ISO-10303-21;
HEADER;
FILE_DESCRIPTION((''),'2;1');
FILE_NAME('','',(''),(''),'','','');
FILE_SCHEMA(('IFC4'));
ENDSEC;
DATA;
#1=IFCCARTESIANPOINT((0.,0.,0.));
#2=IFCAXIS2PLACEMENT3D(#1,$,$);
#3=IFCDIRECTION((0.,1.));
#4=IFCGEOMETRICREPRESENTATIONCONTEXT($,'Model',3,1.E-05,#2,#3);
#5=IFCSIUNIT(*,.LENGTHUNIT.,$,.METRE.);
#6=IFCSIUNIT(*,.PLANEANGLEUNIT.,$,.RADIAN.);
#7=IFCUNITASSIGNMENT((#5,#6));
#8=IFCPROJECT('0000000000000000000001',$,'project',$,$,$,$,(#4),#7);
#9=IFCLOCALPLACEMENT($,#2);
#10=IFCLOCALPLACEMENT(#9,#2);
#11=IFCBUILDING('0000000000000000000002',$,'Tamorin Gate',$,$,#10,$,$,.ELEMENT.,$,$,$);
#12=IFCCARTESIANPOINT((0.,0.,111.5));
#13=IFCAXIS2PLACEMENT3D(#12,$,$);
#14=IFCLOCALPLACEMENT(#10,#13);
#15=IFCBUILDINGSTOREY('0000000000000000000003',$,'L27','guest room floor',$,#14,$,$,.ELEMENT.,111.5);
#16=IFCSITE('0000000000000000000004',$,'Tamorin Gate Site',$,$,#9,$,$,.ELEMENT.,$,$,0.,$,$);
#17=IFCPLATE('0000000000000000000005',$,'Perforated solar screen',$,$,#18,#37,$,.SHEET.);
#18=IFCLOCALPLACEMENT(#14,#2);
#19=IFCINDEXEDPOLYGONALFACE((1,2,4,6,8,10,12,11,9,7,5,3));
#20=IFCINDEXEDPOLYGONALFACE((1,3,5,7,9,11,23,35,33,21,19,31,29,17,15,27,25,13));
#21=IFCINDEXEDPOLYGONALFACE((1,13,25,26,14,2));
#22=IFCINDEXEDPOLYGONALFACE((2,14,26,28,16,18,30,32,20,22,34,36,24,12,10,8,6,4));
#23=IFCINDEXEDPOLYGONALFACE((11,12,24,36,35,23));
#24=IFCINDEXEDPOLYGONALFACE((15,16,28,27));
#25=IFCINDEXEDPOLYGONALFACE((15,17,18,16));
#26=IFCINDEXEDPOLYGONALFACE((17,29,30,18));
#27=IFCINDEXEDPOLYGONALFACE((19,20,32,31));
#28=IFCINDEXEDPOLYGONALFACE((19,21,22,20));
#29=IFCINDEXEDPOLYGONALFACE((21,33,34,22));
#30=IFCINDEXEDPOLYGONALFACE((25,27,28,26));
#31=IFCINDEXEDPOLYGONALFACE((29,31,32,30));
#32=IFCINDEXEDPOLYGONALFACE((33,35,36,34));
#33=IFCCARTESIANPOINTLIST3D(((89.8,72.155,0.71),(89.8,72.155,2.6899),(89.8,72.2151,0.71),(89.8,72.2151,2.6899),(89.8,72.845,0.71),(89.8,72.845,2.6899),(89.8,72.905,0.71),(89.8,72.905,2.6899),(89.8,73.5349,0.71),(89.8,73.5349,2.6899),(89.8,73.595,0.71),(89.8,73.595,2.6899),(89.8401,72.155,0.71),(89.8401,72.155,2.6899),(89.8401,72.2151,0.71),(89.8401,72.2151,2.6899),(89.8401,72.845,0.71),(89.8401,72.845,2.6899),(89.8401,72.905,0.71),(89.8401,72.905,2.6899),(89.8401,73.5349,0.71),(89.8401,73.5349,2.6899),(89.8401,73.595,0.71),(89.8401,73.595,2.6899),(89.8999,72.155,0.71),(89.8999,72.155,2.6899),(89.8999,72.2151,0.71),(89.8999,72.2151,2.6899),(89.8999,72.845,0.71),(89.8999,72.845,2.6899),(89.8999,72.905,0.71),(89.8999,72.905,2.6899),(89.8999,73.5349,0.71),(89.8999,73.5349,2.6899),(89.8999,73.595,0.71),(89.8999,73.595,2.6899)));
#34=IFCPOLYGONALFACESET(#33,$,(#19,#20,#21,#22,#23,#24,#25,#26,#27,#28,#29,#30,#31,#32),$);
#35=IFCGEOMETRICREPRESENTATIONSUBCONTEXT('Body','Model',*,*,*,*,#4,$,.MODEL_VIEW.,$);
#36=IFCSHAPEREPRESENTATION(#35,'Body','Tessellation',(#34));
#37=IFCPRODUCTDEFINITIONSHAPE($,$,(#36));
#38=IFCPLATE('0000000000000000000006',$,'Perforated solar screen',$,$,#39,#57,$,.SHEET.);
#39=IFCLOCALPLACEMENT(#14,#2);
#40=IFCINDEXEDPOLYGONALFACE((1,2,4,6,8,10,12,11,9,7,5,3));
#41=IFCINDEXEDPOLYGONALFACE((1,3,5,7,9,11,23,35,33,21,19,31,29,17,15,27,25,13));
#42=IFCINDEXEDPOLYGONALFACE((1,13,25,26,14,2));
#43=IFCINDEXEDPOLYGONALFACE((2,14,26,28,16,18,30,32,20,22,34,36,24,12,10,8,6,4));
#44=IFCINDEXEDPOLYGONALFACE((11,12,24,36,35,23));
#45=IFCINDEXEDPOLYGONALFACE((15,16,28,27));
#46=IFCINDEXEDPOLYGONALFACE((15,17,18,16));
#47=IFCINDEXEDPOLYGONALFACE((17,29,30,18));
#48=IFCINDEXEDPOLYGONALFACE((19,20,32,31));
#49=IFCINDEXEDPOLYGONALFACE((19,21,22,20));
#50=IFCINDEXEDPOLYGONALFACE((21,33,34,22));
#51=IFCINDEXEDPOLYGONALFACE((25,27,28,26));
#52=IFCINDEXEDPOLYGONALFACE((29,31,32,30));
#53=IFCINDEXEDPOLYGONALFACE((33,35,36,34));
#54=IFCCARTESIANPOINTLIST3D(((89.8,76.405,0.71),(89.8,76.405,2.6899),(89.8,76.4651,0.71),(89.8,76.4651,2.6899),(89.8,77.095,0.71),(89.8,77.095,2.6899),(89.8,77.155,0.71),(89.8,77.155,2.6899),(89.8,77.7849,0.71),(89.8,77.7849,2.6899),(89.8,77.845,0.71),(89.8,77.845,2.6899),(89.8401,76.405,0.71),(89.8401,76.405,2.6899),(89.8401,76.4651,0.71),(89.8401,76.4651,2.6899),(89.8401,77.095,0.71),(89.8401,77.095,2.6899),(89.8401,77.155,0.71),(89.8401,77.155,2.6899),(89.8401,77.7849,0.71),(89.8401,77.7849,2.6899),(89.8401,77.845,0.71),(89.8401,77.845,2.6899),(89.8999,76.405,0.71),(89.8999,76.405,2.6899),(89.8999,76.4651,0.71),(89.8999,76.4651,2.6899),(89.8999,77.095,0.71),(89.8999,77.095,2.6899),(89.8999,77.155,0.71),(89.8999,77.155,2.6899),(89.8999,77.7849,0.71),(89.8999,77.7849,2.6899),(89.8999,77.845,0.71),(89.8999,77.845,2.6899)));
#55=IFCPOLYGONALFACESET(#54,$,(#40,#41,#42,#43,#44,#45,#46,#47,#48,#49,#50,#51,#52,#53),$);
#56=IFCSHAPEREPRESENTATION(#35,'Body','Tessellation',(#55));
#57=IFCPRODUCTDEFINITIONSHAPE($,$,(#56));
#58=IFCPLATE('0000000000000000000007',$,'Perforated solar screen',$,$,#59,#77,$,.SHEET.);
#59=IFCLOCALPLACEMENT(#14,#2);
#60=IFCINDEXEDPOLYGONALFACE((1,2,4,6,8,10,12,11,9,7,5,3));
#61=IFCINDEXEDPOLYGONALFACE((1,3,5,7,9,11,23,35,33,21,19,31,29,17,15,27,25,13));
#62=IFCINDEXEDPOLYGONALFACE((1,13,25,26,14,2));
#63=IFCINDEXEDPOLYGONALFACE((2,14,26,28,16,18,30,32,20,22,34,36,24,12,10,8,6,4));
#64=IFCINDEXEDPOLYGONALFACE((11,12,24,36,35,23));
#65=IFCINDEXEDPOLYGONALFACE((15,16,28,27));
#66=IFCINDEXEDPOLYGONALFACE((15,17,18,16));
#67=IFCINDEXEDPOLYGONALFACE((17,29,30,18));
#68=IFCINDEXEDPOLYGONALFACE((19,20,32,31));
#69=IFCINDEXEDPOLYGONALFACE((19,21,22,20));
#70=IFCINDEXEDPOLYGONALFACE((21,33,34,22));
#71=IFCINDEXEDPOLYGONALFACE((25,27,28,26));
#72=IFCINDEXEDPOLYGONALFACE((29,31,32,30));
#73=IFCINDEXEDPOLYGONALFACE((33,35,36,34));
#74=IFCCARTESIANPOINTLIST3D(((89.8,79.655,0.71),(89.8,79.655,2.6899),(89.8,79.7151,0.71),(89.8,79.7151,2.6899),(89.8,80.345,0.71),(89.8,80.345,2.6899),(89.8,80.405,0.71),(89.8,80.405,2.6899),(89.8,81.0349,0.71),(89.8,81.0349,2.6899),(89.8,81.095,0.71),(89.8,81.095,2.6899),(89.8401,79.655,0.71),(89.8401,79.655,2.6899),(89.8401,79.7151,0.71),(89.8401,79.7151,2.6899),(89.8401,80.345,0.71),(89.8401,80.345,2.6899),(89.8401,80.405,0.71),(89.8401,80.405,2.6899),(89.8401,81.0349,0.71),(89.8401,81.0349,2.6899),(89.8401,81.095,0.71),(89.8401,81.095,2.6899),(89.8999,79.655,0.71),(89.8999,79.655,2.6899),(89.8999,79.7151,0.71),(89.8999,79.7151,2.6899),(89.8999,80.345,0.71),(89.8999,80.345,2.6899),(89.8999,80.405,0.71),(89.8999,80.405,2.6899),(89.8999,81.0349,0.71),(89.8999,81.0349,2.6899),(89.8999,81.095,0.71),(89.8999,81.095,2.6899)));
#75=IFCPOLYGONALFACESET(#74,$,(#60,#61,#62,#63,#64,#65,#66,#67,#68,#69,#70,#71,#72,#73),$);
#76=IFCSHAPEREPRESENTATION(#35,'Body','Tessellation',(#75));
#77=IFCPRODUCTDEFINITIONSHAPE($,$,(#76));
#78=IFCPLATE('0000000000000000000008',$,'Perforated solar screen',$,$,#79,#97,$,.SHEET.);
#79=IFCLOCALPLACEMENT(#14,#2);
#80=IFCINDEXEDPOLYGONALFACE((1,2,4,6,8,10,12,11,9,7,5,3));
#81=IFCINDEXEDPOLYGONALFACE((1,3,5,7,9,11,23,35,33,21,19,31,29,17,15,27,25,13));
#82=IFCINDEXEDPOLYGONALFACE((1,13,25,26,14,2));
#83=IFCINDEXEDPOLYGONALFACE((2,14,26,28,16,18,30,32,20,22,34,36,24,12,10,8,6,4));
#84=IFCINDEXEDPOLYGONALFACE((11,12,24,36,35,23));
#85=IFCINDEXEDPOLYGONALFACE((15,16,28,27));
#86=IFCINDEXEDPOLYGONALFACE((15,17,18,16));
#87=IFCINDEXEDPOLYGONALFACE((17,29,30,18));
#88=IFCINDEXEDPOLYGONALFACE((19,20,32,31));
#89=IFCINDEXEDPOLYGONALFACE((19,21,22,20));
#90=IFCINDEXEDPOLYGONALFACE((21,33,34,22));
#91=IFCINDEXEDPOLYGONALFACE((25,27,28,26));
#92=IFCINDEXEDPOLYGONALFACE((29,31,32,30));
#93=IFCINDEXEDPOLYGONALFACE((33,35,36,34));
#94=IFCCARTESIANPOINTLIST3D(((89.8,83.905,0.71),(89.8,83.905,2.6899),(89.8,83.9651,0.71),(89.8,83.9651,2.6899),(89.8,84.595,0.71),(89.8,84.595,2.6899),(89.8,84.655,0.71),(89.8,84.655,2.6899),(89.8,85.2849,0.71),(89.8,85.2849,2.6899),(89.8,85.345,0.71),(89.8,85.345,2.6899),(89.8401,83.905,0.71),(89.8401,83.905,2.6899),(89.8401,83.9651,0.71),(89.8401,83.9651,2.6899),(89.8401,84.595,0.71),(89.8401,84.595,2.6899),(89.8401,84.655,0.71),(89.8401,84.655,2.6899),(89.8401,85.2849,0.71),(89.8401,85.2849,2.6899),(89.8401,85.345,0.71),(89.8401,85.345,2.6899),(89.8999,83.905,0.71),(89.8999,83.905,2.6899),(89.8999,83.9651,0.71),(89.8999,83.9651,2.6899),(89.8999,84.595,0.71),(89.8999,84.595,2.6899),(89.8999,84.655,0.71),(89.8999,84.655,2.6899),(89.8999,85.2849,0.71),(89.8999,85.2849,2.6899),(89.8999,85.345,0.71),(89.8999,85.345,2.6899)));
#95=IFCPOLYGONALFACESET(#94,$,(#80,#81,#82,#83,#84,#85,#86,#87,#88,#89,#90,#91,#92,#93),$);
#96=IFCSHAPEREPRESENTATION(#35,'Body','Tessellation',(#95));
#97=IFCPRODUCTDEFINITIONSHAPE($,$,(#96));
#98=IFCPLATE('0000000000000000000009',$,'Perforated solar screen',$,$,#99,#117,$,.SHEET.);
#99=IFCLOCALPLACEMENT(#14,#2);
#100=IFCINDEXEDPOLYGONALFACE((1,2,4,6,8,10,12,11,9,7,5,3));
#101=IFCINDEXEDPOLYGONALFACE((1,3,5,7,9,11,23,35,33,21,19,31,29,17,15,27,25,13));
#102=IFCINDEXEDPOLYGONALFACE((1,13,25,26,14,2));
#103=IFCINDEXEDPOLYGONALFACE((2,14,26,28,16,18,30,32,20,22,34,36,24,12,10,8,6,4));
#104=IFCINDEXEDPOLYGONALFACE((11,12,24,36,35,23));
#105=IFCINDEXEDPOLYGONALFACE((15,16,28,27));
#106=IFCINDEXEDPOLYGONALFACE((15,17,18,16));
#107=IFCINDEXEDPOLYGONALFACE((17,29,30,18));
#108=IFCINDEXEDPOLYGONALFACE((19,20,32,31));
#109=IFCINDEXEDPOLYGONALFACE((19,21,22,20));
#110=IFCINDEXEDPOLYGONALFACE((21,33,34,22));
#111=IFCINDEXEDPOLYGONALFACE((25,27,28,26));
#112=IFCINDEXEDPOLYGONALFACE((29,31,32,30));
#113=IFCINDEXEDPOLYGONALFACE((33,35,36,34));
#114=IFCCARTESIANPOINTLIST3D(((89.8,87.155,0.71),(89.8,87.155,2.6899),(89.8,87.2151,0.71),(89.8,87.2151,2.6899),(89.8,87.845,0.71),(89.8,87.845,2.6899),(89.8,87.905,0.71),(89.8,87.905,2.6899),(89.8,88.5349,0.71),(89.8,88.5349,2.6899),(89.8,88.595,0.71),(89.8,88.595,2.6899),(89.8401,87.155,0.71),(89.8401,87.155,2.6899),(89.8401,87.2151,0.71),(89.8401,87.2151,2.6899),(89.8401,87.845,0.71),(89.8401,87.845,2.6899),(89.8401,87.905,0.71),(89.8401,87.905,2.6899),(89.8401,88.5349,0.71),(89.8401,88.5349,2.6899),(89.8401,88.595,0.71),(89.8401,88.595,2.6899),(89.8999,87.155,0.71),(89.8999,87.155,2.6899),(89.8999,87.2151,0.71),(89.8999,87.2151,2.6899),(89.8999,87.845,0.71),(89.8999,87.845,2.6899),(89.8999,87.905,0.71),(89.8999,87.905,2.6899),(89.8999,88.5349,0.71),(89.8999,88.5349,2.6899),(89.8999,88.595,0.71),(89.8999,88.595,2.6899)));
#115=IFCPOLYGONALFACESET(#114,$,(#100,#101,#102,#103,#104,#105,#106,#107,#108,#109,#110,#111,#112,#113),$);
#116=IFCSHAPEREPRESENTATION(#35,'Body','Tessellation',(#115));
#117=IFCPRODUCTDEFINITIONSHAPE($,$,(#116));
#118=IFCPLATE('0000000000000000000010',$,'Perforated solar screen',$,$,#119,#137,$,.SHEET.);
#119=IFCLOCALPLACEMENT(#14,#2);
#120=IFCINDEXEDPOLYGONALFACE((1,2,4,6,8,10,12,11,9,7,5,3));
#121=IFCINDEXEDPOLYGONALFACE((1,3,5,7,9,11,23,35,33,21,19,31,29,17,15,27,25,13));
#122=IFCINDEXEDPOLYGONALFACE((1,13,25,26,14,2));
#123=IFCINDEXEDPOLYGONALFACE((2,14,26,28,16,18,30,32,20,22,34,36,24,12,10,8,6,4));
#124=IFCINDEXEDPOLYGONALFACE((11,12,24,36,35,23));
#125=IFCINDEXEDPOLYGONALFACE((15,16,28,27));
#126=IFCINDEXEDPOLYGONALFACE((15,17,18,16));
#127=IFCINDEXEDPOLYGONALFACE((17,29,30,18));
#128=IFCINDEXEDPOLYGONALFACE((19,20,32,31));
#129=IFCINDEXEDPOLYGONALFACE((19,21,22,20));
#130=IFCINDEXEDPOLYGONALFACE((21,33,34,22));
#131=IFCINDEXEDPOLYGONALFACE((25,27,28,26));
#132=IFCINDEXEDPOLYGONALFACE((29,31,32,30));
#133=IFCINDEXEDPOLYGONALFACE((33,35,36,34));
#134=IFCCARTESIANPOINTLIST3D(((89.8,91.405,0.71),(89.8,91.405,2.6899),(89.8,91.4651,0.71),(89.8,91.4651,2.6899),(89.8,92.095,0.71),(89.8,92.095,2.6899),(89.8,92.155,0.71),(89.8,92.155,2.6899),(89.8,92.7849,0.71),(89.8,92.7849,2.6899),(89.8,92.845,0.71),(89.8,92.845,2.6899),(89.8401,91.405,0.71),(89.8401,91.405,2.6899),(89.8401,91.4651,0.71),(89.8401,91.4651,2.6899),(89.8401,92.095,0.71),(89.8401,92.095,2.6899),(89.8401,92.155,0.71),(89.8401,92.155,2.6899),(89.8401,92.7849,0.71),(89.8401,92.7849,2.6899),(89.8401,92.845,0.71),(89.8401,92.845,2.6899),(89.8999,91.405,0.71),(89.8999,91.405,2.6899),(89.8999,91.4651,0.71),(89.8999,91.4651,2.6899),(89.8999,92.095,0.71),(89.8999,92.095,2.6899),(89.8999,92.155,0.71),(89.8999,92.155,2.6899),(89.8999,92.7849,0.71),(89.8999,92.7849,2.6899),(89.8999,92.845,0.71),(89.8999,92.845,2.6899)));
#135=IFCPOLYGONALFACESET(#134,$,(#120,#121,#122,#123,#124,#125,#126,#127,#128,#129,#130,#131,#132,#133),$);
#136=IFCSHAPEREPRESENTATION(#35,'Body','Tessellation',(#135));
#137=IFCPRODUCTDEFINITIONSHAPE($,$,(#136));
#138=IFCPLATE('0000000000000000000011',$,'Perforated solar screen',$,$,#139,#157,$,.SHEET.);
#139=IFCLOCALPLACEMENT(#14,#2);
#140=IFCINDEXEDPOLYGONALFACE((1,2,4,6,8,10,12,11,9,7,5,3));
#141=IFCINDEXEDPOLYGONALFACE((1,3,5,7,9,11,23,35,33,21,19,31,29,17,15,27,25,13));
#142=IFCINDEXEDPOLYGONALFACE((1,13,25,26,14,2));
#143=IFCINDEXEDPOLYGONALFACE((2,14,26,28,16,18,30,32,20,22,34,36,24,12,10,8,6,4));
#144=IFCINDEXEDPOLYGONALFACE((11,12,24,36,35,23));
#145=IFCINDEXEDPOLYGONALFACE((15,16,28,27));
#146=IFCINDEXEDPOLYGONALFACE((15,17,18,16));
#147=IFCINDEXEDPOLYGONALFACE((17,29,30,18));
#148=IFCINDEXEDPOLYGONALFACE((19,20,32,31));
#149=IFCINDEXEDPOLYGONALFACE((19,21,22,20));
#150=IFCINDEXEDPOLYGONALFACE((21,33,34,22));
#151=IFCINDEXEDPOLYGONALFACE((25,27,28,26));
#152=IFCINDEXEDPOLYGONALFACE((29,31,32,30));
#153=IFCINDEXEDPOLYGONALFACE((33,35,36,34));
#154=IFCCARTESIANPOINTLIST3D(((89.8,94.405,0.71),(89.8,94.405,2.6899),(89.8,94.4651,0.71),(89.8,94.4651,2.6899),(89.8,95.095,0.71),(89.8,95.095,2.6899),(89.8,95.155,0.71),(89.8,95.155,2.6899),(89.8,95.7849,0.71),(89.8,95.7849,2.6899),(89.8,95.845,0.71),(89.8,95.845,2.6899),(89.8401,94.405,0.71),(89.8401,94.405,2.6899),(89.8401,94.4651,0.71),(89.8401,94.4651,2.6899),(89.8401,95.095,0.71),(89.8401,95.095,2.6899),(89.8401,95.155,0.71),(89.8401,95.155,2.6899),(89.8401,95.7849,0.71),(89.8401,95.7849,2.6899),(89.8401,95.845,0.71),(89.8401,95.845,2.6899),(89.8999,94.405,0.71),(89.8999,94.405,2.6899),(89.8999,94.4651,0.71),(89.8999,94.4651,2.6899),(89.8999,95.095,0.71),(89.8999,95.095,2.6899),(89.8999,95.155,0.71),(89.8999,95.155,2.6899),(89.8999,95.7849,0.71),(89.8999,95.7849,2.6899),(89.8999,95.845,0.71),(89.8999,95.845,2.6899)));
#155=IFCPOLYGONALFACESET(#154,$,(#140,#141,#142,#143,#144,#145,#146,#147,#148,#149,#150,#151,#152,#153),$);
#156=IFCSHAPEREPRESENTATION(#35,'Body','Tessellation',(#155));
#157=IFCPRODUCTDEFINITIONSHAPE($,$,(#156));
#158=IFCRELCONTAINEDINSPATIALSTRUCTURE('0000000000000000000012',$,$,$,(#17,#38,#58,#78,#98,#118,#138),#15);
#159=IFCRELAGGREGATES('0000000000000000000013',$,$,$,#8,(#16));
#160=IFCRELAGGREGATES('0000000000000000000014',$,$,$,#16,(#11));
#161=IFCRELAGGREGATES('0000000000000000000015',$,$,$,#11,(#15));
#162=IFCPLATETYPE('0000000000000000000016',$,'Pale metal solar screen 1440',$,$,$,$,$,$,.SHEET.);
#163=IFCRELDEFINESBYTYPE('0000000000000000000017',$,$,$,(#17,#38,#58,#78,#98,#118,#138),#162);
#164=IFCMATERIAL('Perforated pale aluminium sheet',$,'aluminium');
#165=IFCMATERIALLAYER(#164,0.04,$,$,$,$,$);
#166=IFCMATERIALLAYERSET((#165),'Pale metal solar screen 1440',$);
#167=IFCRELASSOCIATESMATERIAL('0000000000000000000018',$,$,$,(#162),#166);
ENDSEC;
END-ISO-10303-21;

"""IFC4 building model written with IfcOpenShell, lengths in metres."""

from ifc_helpers import new_model, si_unit, direction, frame, origin, place, context, subcontext, project, spatial, polyline, outline, extrude, material, layer, layer_set, type_object, element, save


model = new_model("IFC4")

# Units and contexts
model_context = context("Model", 3, precision=1e-05, world=origin(), true_north=direction((0.0, 1.0)))
body_context = subcontext(model_context, "Body", "Model", "MODEL_VIEW")
ifc_project = project(units=[si_unit("LENGTHUNIT", "METRE"), si_unit("PLANEANGLEUNIT", "RADIAN")], contexts=[model_context])

# Site, building, storey
site_placement = place(None, origin())
site = spatial("IfcSite", under=ifc_project, at=site_placement, Name="Tamorin Gate Site", CompositionType="ELEMENT", RefElevation=0.0)
building_placement = place(site_placement, origin())
building = spatial("IfcBuilding", under=site, at=building_placement, Name="Tamorin Gate", CompositionType="ELEMENT")
storey_placement = place(building_placement, frame((0.0, 0.0, 111.5)))
storey = spatial("IfcBuildingStorey", under=building, at=storey_placement, Name="L27", Description="guest room floor", CompositionType="ELEMENT", Elevation=111.5)

# Plates
ifc_material = material(Name="Perforated pale aluminium sheet", Category="aluminium")
ifc_layer = layer(ifc_material, 0.04)
ifc_layer_set = layer_set([ifc_layer], Name="Pale metal solar screen 1440")
plate_type = type_object("IfcPlateType", Name="Pale metal solar screen 1440", PredefinedType="SHEET", material=ifc_layer_set)
plate_1_placement = place(storey_placement, frame((0.0, 0.0, 0.71)))
element("IfcPlate", 1, at=plate_1_placement, inside=storey, type_object=plate_type, Name="Perforated solar screen", PredefinedType="SHEET", context=body_context, shape_type="SweptSolid", body=[
    extrude(outline(polyline([(89.8401, 72.155), (89.8, 72.155), (89.8, 72.2151), (89.8, 72.845), (89.8, 72.905), (89.8, 73.5349), (89.8, 73.595), (89.8401, 73.595), (89.8999, 73.595), (89.8999, 73.5349), (89.8401, 73.5349), (89.8401, 72.905), (89.8999, 72.905), (89.8999, 72.845), (89.8401, 72.845), (89.8401, 72.2151), (89.8999, 72.2151), (89.8999, 72.155), (89.8401, 72.155)])), origin(), (0.0, 0.0, 1.0), 1.98),
])
plate_2_placement = place(storey_placement, frame((0.0, 0.0, 0.71)))
element("IfcPlate", 2, at=plate_2_placement, inside=storey, type_object=plate_type, Name="Perforated solar screen", PredefinedType="SHEET", context=body_context, shape_type="SweptSolid", body=[
    extrude(outline(polyline([(89.8401, 76.405), (89.8, 76.405), (89.8, 76.4651), (89.8, 77.095), (89.8, 77.155), (89.8, 77.7849), (89.8, 77.845), (89.8401, 77.845), (89.8999, 77.845), (89.8999, 77.7849), (89.8401, 77.7849), (89.8401, 77.155), (89.8999, 77.155), (89.8999, 77.095), (89.8401, 77.095), (89.8401, 76.4651), (89.8999, 76.4651), (89.8999, 76.405), (89.8401, 76.405)])), origin(), (0.0, 0.0, 1.0), 1.98),
])
plate_3_placement = place(storey_placement, frame((0.0, 0.0, 0.71)))
element("IfcPlate", 3, at=plate_3_placement, inside=storey, type_object=plate_type, Name="Perforated solar screen", PredefinedType="SHEET", context=body_context, shape_type="SweptSolid", body=[
    extrude(outline(polyline([(89.8401, 79.655), (89.8, 79.655), (89.8, 79.7151), (89.8, 80.345), (89.8, 80.405), (89.8, 81.0349), (89.8, 81.095), (89.8401, 81.095), (89.8999, 81.095), (89.8999, 81.0349), (89.8401, 81.0349), (89.8401, 80.405), (89.8999, 80.405), (89.8999, 80.345), (89.8401, 80.345), (89.8401, 79.7151), (89.8999, 79.7151), (89.8999, 79.655), (89.8401, 79.655)])), origin(), (0.0, 0.0, 1.0), 1.98),
])
plate_4_placement = place(storey_placement, frame((0.0, 0.0, 0.71)))
element("IfcPlate", 4, at=plate_4_placement, inside=storey, type_object=plate_type, Name="Perforated solar screen", PredefinedType="SHEET", context=body_context, shape_type="SweptSolid", body=[
    extrude(outline(polyline([(89.8401, 83.905), (89.8, 83.905), (89.8, 83.9651), (89.8, 84.595), (89.8, 84.655), (89.8, 85.2849), (89.8, 85.345), (89.8401, 85.345), (89.8999, 85.345), (89.8999, 85.2849), (89.8401, 85.2849), (89.8401, 84.655), (89.8999, 84.655), (89.8999, 84.595), (89.8401, 84.595), (89.8401, 83.9651), (89.8999, 83.9651), (89.8999, 83.905), (89.8401, 83.905)])), origin(), (0.0, 0.0, 1.0), 1.98),
])
plate_5_placement = place(storey_placement, frame((0.0, 0.0, 0.71)))
element("IfcPlate", 5, at=plate_5_placement, inside=storey, type_object=plate_type, Name="Perforated solar screen", PredefinedType="SHEET", context=body_context, shape_type="SweptSolid", body=[
    extrude(outline(polyline([(89.8401, 87.155), (89.8, 87.155), (89.8, 87.2151), (89.8, 87.845), (89.8, 87.905), (89.8, 88.5349), (89.8, 88.595), (89.8401, 88.595), (89.8999, 88.595), (89.8999, 88.5349), (89.8401, 88.5349), (89.8401, 87.905), (89.8999, 87.905), (89.8999, 87.845), (89.8401, 87.845), (89.8401, 87.2151), (89.8999, 87.2151), (89.8999, 87.155), (89.8401, 87.155)])), origin(), (0.0, 0.0, 1.0), 1.98),
])
plate_6_placement = place(storey_placement, frame((0.0, 0.0, 0.71)))
element("IfcPlate", 6, at=plate_6_placement, inside=storey, type_object=plate_type, Name="Perforated solar screen", PredefinedType="SHEET", context=body_context, shape_type="SweptSolid", body=[
    extrude(outline(polyline([(89.8401, 91.405), (89.8, 91.405), (89.8, 91.4651), (89.8, 92.095), (89.8, 92.155), (89.8, 92.7849), (89.8, 92.845), (89.8401, 92.845), (89.8999, 92.845), (89.8999, 92.7849), (89.8401, 92.7849), (89.8401, 92.155), (89.8999, 92.155), (89.8999, 92.095), (89.8401, 92.095), (89.8401, 91.4651), (89.8999, 91.4651), (89.8999, 91.405), (89.8401, 91.405)])), origin(), (0.0, 0.0, 1.0), 1.98),
])
plate_7_placement = place(storey_placement, frame((0.0, 0.0, 0.71)))
element("IfcPlate", 7, at=plate_7_placement, inside=storey, type_object=plate_type, Name="Perforated solar screen", PredefinedType="SHEET", context=body_context, shape_type="SweptSolid", body=[
    extrude(outline(polyline([(89.8401, 94.405), (89.8, 94.405), (89.8, 94.4651), (89.8, 95.095), (89.8, 95.155), (89.8, 95.7849), (89.8, 95.845), (89.8401, 95.845), (89.8999, 95.845), (89.8999, 95.7849), (89.8401, 95.7849), (89.8401, 95.155), (89.8999, 95.155), (89.8999, 95.095), (89.8401, 95.095), (89.8401, 94.4651), (89.8999, 94.4651), (89.8999, 94.405), (89.8401, 94.405)])), origin(), (0.0, 0.0, 1.0), 1.98),
])

save(model, "model.ifc")
